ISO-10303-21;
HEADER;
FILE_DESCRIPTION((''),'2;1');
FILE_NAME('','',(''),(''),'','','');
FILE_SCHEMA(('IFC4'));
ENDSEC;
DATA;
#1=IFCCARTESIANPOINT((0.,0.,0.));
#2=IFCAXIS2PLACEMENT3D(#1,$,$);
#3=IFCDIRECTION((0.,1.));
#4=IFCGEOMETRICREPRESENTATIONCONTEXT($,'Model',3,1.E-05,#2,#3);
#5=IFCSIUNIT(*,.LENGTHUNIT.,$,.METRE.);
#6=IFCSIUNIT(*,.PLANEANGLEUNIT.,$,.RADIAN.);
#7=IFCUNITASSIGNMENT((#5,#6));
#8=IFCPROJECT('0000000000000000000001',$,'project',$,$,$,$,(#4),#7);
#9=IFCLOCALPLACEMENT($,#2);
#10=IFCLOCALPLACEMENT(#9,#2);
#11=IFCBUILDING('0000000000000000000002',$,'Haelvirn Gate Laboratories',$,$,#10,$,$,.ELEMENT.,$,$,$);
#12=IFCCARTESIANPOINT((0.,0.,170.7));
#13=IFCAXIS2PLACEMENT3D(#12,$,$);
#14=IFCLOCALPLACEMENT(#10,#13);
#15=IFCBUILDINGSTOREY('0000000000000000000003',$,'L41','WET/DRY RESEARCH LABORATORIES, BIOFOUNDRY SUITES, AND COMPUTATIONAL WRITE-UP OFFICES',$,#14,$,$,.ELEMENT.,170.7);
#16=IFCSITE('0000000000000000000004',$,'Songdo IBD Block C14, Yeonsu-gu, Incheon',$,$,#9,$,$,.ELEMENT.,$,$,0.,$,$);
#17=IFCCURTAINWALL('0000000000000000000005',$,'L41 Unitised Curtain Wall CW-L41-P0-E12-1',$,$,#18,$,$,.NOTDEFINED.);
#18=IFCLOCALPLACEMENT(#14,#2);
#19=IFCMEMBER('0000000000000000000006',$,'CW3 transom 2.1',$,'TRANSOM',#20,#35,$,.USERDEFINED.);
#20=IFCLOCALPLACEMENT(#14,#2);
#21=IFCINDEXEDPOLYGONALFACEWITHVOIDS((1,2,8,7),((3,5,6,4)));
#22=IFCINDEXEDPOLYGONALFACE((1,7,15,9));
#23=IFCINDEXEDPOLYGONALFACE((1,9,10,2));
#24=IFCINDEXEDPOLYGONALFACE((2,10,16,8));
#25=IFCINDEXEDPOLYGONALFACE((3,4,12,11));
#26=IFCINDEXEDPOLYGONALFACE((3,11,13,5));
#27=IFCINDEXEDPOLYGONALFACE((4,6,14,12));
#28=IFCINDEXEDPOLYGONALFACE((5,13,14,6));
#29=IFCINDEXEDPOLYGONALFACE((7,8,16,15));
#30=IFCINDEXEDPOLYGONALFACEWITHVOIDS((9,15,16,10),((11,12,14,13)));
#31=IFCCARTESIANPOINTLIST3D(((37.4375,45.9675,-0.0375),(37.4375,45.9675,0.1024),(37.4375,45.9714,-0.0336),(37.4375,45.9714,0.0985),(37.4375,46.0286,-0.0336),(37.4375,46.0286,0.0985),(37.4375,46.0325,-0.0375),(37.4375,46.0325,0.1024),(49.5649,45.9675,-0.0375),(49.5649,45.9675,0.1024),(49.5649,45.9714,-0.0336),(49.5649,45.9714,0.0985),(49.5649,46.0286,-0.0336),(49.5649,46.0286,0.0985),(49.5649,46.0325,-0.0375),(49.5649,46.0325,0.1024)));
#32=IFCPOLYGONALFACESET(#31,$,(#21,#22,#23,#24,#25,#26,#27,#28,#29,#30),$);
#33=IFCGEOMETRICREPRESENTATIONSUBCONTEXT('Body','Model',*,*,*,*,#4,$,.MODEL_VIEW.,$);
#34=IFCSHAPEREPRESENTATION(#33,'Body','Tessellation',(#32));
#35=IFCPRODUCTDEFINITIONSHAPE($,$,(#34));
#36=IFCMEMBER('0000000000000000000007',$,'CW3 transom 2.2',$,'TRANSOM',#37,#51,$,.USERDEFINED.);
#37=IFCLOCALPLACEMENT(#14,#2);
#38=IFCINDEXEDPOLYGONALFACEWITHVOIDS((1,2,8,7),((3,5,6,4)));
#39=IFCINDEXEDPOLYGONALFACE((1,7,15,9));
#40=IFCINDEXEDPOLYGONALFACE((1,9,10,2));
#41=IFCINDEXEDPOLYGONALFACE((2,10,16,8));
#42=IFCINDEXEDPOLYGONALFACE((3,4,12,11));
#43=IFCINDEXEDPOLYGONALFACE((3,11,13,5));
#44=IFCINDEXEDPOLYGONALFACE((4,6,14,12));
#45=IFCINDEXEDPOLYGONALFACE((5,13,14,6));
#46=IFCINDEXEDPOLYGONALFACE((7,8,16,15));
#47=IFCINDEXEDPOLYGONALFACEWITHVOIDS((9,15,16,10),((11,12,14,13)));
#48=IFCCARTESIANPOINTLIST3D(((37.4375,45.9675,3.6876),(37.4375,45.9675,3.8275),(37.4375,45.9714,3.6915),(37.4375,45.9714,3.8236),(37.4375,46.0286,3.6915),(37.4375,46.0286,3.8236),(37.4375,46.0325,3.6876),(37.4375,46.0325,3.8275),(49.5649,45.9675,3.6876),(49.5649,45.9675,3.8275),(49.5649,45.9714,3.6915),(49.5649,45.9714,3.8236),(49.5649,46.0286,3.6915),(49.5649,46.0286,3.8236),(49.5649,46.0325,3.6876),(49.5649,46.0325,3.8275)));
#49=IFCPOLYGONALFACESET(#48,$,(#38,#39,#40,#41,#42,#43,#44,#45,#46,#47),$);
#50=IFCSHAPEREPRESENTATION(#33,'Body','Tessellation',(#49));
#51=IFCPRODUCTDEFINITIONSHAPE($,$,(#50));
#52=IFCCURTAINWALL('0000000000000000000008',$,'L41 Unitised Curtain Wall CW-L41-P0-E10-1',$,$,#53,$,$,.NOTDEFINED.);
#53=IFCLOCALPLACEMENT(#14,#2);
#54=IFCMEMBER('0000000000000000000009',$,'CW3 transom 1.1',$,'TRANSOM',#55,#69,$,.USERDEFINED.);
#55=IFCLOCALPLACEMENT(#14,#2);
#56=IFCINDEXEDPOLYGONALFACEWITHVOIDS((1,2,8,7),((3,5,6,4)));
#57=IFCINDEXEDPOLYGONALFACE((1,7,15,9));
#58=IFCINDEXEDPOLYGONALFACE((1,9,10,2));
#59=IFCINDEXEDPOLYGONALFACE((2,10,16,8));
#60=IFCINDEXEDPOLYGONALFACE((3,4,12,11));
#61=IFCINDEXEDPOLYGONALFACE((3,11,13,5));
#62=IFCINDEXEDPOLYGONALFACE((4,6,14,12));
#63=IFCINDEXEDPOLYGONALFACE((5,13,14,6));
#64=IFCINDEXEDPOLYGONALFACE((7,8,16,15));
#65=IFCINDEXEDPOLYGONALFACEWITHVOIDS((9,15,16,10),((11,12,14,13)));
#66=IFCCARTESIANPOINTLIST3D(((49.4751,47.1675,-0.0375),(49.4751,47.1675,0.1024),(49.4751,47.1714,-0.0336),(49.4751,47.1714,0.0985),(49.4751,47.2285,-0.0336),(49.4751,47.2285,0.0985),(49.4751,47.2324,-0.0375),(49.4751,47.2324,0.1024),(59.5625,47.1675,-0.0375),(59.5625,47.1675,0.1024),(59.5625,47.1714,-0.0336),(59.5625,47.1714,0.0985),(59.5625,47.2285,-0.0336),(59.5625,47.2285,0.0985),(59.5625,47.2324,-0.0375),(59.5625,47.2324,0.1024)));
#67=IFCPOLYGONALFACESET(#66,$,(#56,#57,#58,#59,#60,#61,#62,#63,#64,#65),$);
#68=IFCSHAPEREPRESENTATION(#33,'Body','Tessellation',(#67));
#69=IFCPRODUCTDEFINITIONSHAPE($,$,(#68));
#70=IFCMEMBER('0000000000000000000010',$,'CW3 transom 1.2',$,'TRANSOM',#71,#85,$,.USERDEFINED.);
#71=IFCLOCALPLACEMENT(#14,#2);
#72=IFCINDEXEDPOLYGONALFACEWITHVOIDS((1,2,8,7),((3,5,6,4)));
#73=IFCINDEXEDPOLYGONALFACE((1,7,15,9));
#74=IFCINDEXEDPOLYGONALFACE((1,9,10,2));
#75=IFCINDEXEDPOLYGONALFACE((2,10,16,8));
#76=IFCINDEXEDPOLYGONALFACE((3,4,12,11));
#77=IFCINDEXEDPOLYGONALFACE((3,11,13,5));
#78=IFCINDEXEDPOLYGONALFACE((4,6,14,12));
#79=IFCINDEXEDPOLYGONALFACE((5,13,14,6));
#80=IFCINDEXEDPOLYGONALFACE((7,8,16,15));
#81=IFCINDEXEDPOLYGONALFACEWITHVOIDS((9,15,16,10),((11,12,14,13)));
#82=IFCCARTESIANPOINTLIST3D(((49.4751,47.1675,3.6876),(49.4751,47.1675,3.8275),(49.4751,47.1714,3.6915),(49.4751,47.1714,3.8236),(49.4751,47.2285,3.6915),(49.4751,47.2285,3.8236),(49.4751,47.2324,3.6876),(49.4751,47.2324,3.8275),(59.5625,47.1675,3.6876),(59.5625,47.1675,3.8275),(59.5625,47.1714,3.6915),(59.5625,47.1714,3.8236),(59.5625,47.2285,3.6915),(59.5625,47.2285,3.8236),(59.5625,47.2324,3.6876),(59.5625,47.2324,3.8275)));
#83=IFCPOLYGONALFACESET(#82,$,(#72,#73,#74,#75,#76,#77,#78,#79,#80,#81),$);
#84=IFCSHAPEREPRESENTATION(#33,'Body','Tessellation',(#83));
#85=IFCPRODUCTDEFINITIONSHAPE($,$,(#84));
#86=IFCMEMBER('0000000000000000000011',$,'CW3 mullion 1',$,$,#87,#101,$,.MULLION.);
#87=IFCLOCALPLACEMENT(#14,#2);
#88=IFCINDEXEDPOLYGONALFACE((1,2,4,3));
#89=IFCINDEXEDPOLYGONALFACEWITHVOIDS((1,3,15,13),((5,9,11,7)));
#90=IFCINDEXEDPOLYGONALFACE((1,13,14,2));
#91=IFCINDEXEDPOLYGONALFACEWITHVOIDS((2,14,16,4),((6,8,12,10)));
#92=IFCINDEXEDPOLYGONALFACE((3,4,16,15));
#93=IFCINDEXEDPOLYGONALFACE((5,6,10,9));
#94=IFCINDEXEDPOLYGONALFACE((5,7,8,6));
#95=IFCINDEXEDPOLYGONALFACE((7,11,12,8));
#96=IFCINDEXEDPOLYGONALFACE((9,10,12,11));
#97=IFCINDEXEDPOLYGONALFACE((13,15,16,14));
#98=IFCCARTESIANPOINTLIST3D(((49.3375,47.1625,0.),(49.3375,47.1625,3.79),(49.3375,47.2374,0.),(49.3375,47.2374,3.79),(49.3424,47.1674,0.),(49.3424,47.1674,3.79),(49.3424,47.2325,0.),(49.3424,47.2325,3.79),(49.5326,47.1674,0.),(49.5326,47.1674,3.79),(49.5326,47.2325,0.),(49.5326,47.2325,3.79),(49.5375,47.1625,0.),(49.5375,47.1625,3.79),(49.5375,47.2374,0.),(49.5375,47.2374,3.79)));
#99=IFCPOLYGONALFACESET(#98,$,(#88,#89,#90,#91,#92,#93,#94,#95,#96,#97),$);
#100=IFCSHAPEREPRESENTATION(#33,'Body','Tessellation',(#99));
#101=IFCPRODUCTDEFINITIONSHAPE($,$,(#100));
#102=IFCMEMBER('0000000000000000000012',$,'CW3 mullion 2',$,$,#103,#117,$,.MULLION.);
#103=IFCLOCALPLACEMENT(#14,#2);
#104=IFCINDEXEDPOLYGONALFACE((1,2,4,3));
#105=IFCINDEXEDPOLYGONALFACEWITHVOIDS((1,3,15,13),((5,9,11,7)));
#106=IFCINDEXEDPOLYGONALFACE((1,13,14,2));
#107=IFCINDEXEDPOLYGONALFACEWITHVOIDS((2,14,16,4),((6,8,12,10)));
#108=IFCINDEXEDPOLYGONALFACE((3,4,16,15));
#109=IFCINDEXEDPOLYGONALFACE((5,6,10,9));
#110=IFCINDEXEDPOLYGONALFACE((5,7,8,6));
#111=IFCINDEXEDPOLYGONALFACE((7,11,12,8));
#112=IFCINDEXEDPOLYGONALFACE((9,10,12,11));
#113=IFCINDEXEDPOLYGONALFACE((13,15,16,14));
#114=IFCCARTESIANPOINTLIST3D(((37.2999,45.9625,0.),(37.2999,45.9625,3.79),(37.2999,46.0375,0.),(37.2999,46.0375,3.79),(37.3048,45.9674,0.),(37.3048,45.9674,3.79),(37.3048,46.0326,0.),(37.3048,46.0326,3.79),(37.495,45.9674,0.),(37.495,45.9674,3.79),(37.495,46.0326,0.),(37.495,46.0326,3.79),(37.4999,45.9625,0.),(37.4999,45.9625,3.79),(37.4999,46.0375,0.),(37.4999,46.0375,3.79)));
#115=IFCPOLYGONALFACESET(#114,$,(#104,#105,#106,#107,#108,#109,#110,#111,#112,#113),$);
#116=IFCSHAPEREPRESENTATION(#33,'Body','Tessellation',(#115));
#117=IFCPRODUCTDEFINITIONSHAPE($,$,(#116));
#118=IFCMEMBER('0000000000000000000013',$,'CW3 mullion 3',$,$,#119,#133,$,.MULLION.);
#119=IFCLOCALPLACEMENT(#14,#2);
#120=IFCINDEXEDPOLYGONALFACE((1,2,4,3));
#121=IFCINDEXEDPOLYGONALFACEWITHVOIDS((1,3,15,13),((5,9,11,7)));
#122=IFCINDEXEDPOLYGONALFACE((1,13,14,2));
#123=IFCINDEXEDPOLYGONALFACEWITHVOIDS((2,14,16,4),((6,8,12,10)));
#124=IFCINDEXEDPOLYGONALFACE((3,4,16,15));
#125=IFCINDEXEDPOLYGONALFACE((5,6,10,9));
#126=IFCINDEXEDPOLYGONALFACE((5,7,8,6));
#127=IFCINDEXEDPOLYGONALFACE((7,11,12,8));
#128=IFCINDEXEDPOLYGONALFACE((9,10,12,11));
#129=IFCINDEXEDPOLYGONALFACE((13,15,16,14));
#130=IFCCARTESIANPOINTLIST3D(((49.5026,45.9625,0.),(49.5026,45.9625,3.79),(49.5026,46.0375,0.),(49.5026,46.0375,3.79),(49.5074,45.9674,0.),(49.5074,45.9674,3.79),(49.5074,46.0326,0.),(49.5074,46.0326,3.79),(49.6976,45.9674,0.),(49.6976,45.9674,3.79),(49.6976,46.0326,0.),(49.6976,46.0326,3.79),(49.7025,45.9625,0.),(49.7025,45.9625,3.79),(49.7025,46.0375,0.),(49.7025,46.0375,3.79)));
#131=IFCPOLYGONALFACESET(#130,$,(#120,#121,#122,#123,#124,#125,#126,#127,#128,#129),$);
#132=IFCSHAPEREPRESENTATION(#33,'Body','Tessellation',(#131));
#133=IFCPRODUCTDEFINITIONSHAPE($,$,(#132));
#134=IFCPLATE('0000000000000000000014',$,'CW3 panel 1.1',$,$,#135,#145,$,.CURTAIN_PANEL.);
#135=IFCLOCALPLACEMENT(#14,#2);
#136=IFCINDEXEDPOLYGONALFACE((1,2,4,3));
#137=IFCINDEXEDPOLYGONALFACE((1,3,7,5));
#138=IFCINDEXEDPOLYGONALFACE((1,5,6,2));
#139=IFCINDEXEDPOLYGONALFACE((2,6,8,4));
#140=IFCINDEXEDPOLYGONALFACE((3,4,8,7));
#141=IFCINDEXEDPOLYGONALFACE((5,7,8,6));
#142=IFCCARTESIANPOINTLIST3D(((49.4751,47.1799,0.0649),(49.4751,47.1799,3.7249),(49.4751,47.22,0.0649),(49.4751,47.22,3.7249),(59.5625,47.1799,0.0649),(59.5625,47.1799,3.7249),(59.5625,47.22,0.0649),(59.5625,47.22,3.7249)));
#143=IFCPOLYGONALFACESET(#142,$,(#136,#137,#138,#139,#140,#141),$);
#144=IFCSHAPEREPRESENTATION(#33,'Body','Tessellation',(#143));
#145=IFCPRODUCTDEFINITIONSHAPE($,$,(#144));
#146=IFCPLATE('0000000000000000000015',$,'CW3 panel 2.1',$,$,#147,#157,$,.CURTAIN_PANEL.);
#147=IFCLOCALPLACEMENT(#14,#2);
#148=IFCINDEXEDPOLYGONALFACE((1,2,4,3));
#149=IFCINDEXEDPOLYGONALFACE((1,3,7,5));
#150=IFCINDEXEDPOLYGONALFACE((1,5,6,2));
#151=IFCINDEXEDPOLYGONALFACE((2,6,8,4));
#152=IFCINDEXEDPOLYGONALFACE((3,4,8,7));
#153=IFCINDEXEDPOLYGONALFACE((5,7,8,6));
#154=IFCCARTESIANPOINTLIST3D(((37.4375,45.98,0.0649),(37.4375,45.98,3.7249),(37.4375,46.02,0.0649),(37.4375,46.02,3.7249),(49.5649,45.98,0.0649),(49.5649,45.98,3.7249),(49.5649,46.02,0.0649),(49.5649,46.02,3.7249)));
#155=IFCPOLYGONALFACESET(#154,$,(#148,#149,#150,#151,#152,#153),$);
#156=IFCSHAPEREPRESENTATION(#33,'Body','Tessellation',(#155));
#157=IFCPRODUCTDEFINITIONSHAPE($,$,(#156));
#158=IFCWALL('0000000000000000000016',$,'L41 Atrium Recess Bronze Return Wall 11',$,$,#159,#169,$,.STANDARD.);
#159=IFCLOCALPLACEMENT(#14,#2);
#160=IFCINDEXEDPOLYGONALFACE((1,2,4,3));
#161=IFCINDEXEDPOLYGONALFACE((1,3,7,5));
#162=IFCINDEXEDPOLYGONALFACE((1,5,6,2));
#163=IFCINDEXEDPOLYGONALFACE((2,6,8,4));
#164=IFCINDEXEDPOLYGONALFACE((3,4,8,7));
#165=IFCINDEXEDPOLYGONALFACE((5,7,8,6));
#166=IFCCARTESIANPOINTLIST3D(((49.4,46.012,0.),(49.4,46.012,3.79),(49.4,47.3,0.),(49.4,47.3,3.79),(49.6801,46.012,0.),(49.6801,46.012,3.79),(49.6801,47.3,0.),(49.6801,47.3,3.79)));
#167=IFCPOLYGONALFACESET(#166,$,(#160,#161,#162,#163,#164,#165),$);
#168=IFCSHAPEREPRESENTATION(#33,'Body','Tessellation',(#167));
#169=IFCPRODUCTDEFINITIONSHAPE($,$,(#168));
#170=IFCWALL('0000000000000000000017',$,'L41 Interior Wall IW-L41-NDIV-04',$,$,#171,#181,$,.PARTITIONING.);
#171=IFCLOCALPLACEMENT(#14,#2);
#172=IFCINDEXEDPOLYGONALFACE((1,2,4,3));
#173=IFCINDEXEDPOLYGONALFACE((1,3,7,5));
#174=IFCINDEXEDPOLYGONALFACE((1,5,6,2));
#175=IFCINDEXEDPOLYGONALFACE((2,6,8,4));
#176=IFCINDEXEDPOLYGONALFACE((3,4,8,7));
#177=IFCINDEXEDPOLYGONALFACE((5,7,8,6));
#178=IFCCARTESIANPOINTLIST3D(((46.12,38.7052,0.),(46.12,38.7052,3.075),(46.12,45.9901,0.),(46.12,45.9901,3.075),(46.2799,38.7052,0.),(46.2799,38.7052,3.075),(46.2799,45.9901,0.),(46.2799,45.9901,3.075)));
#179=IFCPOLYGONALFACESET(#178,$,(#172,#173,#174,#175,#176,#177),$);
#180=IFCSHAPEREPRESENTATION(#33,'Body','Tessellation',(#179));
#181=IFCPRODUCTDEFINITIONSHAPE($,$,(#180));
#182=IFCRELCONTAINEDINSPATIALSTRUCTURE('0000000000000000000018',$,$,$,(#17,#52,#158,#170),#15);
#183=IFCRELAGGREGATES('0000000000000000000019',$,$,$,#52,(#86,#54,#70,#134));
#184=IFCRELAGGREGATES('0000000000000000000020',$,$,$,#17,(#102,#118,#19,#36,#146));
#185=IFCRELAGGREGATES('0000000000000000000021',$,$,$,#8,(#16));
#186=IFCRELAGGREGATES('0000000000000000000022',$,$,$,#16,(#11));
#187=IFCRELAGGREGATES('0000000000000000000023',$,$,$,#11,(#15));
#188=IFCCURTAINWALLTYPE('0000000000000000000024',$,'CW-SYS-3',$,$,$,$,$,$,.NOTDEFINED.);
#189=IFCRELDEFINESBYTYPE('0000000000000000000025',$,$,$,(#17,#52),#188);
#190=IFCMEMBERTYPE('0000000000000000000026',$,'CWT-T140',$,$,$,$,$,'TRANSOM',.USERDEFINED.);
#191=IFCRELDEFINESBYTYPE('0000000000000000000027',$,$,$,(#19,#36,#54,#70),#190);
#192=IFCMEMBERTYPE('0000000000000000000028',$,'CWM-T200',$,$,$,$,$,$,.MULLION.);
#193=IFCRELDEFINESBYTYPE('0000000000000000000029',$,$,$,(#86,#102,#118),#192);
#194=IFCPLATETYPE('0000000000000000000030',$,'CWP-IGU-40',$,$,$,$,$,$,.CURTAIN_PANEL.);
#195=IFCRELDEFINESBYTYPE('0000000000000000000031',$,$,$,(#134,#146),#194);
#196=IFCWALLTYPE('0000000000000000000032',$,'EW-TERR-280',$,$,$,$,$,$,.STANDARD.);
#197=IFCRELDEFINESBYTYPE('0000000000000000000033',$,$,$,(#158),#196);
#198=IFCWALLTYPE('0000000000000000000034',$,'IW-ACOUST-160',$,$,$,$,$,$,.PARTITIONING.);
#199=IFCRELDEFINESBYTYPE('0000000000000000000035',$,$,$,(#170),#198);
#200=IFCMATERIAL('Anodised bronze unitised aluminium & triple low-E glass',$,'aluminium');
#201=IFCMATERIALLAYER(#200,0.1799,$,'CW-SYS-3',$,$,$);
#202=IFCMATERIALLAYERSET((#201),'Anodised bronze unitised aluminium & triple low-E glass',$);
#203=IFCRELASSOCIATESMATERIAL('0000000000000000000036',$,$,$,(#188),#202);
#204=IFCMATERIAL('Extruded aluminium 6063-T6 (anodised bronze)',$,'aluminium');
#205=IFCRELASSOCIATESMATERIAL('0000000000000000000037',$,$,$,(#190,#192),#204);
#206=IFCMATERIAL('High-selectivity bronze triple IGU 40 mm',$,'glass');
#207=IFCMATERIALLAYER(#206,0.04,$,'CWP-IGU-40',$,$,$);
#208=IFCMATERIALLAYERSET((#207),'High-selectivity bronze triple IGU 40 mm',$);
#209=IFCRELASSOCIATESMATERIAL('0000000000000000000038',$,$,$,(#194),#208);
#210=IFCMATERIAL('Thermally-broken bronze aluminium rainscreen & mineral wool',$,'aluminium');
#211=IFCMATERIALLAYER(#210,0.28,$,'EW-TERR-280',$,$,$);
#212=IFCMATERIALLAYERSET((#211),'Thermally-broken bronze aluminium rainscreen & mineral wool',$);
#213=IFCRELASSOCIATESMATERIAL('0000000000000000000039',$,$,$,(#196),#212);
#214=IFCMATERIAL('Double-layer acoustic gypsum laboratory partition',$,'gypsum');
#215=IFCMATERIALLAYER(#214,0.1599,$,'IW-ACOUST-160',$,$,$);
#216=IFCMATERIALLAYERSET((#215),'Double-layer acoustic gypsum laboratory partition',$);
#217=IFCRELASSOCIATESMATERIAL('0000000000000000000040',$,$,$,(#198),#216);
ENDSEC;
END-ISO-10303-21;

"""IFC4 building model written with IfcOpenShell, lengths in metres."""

from ifc_helpers import new_model, si_unit, direction, frame, frame_2d, origin, origin_2d, place, context, subcontext, project, spatial, rectangle, hollow_rectangle, extrude, source, transform, mapped, material, layer, layer_set, material_profile, profile_set, type_object, type_shapes, element, aggregate, save


model = new_model("IFC4")

# Units and contexts
model_context = context("Model", 3, precision=1e-05, world=origin(), true_north=direction((0.0, 1.0)))
body_context = subcontext(model_context, "Body", "Model", "MODEL_VIEW")
ifc_project = project(units=[si_unit("LENGTHUNIT", "METRE"), si_unit("PLANEANGLEUNIT", "RADIAN")], contexts=[model_context])

# Site, building, storey
site_placement = place(None, origin())
site = spatial("IfcSite", under=ifc_project, at=site_placement, Name="Songdo IBD Block C14, Yeonsu-gu, Incheon", CompositionType="ELEMENT", RefElevation=0.0)
building_placement = place(site_placement, origin())
building = spatial("IfcBuilding", under=site, at=building_placement, Name="Haelvirn Gate Laboratories", CompositionType="ELEMENT")
storey_placement = place(building_placement, frame((0.0, 0.0, 170.7)))
storey = spatial("IfcBuildingStorey", under=building, at=storey_placement, Name="L41", Description="WET/DRY RESEARCH LABORATORIES, BIOFOUNDRY SUITES, AND COMPUTATIONAL WRITE-UP OFFICES", CompositionType="ELEMENT", Elevation=170.7)

# Curtain walls, members
ifc_material_1 = material(Name="Anodised bronze unitised aluminium & triple low-E glass", Category="aluminium")
ifc_layer_1 = layer(ifc_material_1, 0.1799, Name="CW-SYS-3")
ifc_layer_set_1 = layer_set([ifc_layer_1], Name="Anodised bronze unitised aluminium & triple low-E glass")
curtain_wall_type = type_object("IfcCurtainWallType", Name="CW-SYS-3", PredefinedType="NOTDEFINED", material=ifc_layer_set_1)
curtain_wall_1_placement = place(storey_placement, origin())
curtain_wall_1 = element("IfcCurtainWall", 1, at=curtain_wall_1_placement, inside=storey, type_object=curtain_wall_type, Name="L41 Unitised Curtain Wall CW-L41-P0-E12-1", PredefinedType="NOTDEFINED")
ifc_material_2 = material(Name="Extruded aluminium 6063-T6 (anodised bronze)", Category="aluminium")
ifc_material_profile_1 = material_profile(ifc_material_2, hollow_rectangle(XDim=0.0649, YDim=0.1399, WallThickness=0.0039, at=origin_2d()), Name="CWT-140x65x4")
ifc_profile_set_1 = profile_set([ifc_material_profile_1], Name="Extruded aluminium 6063-T6 (anodised bronze)")
member_type_1 = type_object("IfcMemberType", Name="CWT-T140", ElementType="TRANSOM", PredefinedType="USERDEFINED", material=ifc_profile_set_1)
shared_shape_1 = source(origin(), body_context, "Body", "SweptSolid", [
    extrude(hollow_rectangle(XDim=0.0649, YDim=0.1399, WallThickness=0.0039, at=origin_2d()), origin(), (0.0, 0.0, 1.0), 12.1274),
])
member_1_placement = place(storey_placement, frame((37.4375, 46.0, 0.0325), z_axis=(1.0, 0.0, 0.0), x_axis=(0.0, 1.0, 0.0)))
member_1 = element("IfcMember", 2, at=member_1_placement, type_object=member_type_1, Name="CW3 transom 2.1", ObjectType="TRANSOM", PredefinedType="USERDEFINED", context=body_context, shape_type="MappedRepresentation", body=[
    mapped(shared_shape_1, transform((0.0, 0.0, 0.0), scale=1.0)),
])
member_2_placement = place(storey_placement, frame((37.4375, 46.0, 3.7576), z_axis=(1.0, 0.0, 0.0), x_axis=(0.0, 1.0, 0.0)))
member_2 = element("IfcMember", 3, at=member_2_placement, type_object=member_type_1, Name="CW3 transom 2.2", ObjectType="TRANSOM", PredefinedType="USERDEFINED", context=body_context, shape_type="MappedRepresentation", body=[
    mapped(shared_shape_1, transform((0.0, 0.0, 0.0), scale=1.0)),
])
curtain_wall_2_placement = place(storey_placement, origin())
curtain_wall_2 = element("IfcCurtainWall", 4, at=curtain_wall_2_placement, inside=storey, type_object=curtain_wall_type, Name="L41 Unitised Curtain Wall CW-L41-P0-E10-1", PredefinedType="NOTDEFINED")
shared_shape_2 = source(origin(), body_context, "Body", "SweptSolid", [
    extrude(hollow_rectangle(XDim=0.0649, YDim=0.1399, WallThickness=0.0039, at=origin_2d()), origin(), (0.0, 0.0, 1.0), 10.0874),
])
type_shapes(member_type_1, [shared_shape_1, shared_shape_2])
member_3_placement = place(storey_placement, frame((49.4751, 47.2, 0.0325), z_axis=(1.0, 0.0, 0.0), x_axis=(0.0, 1.0, 0.0)))
member_3 = element("IfcMember", 5, at=member_3_placement, type_object=member_type_1, Name="CW3 transom 1.1", ObjectType="TRANSOM", PredefinedType="USERDEFINED", context=body_context, shape_type="MappedRepresentation", body=[
    mapped(shared_shape_2, transform((0.0, 0.0, 0.0), scale=1.0)),
])
member_4_placement = place(storey_placement, frame((49.4751, 47.2, 3.7576), z_axis=(1.0, 0.0, 0.0), x_axis=(0.0, 1.0, 0.0)))
member_4 = element("IfcMember", 6, at=member_4_placement, type_object=member_type_1, Name="CW3 transom 1.2", ObjectType="TRANSOM", PredefinedType="USERDEFINED", context=body_context, shape_type="MappedRepresentation", body=[
    mapped(shared_shape_2, transform((0.0, 0.0, 0.0), scale=1.0)),
])
ifc_material_profile_2 = material_profile(ifc_material_2, hollow_rectangle(XDim=0.075, YDim=0.2, WallThickness=0.0049, at=origin_2d()), Name="CWM-200x75x5")
ifc_profile_set_2 = profile_set([ifc_material_profile_2], Name="Extruded aluminium 6063-T6 (anodised bronze)")
member_type_2 = type_object("IfcMemberType", Name="CWM-T200", PredefinedType="MULLION", material=ifc_profile_set_2)
shared_shape_3 = source(origin(), body_context, "Body", "SweptSolid", [
    extrude(hollow_rectangle(XDim=0.075, YDim=0.2, WallThickness=0.0049, at=origin_2d()), origin(), (0.0, 0.0, 1.0), 3.79),
])
type_shapes(member_type_2, [shared_shape_3])
member_5_placement = place(storey_placement, frame((49.4375, 47.2, 0.0), z_axis=(0.0, 0.0, 1.0), x_axis=(0.0, 1.0, 0.0)))
member_5 = element("IfcMember", 7, at=member_5_placement, type_object=member_type_2, Name="CW3 mullion 1", PredefinedType="MULLION", context=body_context, shape_type="MappedRepresentation", body=[
    mapped(shared_shape_3, transform((0.0, 0.0, 0.0), scale=1.0)),
])

# Members
member_6_placement = place(storey_placement, frame((37.3999, 46.0, 0.0), z_axis=(0.0, 0.0, 1.0), x_axis=(0.0, 1.0, 0.0)))
member_6 = element("IfcMember", 8, at=member_6_placement, type_object=member_type_2, Name="CW3 mullion 2", PredefinedType="MULLION", context=body_context, shape_type="MappedRepresentation", body=[
    mapped(shared_shape_3, transform((0.0, 0.0, 0.0), scale=1.0)),
])
member_7_placement = place(storey_placement, frame((49.6025, 46.0, 0.0), z_axis=(0.0, 0.0, 1.0), x_axis=(0.0, 1.0, 0.0)))
member_7 = element("IfcMember", 9, at=member_7_placement, type_object=member_type_2, Name="CW3 mullion 3", PredefinedType="MULLION", context=body_context, shape_type="MappedRepresentation", body=[
    mapped(shared_shape_3, transform((0.0, 0.0, 0.0), scale=1.0)),
])

# Plates
ifc_material_3 = material(Name="High-selectivity bronze triple IGU 40 mm", Category="glass")
ifc_layer_2 = layer(ifc_material_3, 0.04, Name="CWP-IGU-40")
ifc_layer_set_2 = layer_set([ifc_layer_2], Name="High-selectivity bronze triple IGU 40 mm")
plate_type = type_object("IfcPlateType", Name="CWP-IGU-40", PredefinedType="CURTAIN_PANEL", material=ifc_layer_set_2)
shared_shape_4 = source(origin(), body_context, "Body", "SweptSolid", [
    extrude(rectangle(XDim=10.0874, YDim=0.04, at=origin_2d()), origin(), (0.0, 0.0, 1.0), 3.6599),
])
plate_1_placement = place(storey_placement, frame((54.5188, 47.2, 0.0649), z_axis=(0.0, 0.0, 1.0), x_axis=(1.0, 0.0, 0.0)))
plate_1 = element("IfcPlate", 10, at=plate_1_placement, type_object=plate_type, Name="CW3 panel 1.1", PredefinedType="CURTAIN_PANEL", context=body_context, shape_type="MappedRepresentation", body=[
    mapped(shared_shape_4, transform((0.0, 0.0, 0.0), scale=1.0)),
])
aggregate(curtain_wall_2, [member_5, member_3, member_4, plate_1])
shared_shape_5 = source(origin(), body_context, "Body", "SweptSolid", [
    extrude(rectangle(XDim=12.1274, YDim=0.04, at=origin_2d()), origin(), (0.0, 0.0, 1.0), 3.6599),
])
type_shapes(plate_type, [shared_shape_4, shared_shape_5])
plate_2_placement = place(storey_placement, frame((43.5012, 46.0, 0.0649), z_axis=(0.0, 0.0, 1.0), x_axis=(1.0, 0.0, 0.0)))
plate_2 = element("IfcPlate", 11, at=plate_2_placement, type_object=plate_type, Name="CW3 panel 2.1", PredefinedType="CURTAIN_PANEL", context=body_context, shape_type="MappedRepresentation", body=[
    mapped(shared_shape_5, transform((0.0, 0.0, 0.0), scale=1.0)),
])
aggregate(curtain_wall_1, [member_6, member_7, member_1, member_2, plate_2])

# Walls
ifc_material_4 = material(Name="Thermally-broken bronze aluminium rainscreen & mineral wool", Category="aluminium")
ifc_layer_3 = layer(ifc_material_4, 0.28, Name="EW-TERR-280")
ifc_layer_set_3 = layer_set([ifc_layer_3], Name="Thermally-broken bronze aluminium rainscreen & mineral wool")
wall_type_1 = type_object("IfcWallType", Name="EW-TERR-280", PredefinedType="STANDARD", material=ifc_layer_set_3)
wall_1_placement = place(storey_placement, frame((49.54, 47.3, 0.0), z_axis=(0.0, 0.0, 1.0), x_axis=(0.0, -1.0, 0.0)))
element("IfcWall", 12, at=wall_1_placement, inside=storey, type_object=wall_type_1, Name="L41 Atrium Recess Bronze Return Wall 11", PredefinedType="STANDARD", context=body_context, shape_type="SweptSolid", body=[
    extrude(rectangle(XDim=1.2881, YDim=0.28, at=frame_2d((0.644, 0.0))), origin(), (0.0, 0.0, 1.0), 3.79),
])
ifc_material_5 = material(Name="Double-layer acoustic gypsum laboratory partition", Category="gypsum")
ifc_layer_4 = layer(ifc_material_5, 0.1599, Name="IW-ACOUST-160")
ifc_layer_set_4 = layer_set([ifc_layer_4], Name="Double-layer acoustic gypsum laboratory partition")
wall_type_2 = type_object("IfcWallType", Name="IW-ACOUST-160", PredefinedType="PARTITIONING", material=ifc_layer_set_4)
wall_2_placement = place(storey_placement, frame((46.2, 38.7051, 0.0), z_axis=(0.0, 0.0, 1.0), x_axis=(0.0, 1.0, 0.0)))
element("IfcWall", 13, at=wall_2_placement, inside=storey, type_object=wall_type_2, Name="L41 Interior Wall IW-L41-NDIV-04", PredefinedType="PARTITIONING", context=body_context, shape_type="SweptSolid", body=[
    extrude(rectangle(XDim=7.2849, YDim=0.1599, at=frame_2d((3.6426, 0.0))), origin(), (0.0, 0.0, 1.0), 3.075),
])

save(model, "model.ifc")
